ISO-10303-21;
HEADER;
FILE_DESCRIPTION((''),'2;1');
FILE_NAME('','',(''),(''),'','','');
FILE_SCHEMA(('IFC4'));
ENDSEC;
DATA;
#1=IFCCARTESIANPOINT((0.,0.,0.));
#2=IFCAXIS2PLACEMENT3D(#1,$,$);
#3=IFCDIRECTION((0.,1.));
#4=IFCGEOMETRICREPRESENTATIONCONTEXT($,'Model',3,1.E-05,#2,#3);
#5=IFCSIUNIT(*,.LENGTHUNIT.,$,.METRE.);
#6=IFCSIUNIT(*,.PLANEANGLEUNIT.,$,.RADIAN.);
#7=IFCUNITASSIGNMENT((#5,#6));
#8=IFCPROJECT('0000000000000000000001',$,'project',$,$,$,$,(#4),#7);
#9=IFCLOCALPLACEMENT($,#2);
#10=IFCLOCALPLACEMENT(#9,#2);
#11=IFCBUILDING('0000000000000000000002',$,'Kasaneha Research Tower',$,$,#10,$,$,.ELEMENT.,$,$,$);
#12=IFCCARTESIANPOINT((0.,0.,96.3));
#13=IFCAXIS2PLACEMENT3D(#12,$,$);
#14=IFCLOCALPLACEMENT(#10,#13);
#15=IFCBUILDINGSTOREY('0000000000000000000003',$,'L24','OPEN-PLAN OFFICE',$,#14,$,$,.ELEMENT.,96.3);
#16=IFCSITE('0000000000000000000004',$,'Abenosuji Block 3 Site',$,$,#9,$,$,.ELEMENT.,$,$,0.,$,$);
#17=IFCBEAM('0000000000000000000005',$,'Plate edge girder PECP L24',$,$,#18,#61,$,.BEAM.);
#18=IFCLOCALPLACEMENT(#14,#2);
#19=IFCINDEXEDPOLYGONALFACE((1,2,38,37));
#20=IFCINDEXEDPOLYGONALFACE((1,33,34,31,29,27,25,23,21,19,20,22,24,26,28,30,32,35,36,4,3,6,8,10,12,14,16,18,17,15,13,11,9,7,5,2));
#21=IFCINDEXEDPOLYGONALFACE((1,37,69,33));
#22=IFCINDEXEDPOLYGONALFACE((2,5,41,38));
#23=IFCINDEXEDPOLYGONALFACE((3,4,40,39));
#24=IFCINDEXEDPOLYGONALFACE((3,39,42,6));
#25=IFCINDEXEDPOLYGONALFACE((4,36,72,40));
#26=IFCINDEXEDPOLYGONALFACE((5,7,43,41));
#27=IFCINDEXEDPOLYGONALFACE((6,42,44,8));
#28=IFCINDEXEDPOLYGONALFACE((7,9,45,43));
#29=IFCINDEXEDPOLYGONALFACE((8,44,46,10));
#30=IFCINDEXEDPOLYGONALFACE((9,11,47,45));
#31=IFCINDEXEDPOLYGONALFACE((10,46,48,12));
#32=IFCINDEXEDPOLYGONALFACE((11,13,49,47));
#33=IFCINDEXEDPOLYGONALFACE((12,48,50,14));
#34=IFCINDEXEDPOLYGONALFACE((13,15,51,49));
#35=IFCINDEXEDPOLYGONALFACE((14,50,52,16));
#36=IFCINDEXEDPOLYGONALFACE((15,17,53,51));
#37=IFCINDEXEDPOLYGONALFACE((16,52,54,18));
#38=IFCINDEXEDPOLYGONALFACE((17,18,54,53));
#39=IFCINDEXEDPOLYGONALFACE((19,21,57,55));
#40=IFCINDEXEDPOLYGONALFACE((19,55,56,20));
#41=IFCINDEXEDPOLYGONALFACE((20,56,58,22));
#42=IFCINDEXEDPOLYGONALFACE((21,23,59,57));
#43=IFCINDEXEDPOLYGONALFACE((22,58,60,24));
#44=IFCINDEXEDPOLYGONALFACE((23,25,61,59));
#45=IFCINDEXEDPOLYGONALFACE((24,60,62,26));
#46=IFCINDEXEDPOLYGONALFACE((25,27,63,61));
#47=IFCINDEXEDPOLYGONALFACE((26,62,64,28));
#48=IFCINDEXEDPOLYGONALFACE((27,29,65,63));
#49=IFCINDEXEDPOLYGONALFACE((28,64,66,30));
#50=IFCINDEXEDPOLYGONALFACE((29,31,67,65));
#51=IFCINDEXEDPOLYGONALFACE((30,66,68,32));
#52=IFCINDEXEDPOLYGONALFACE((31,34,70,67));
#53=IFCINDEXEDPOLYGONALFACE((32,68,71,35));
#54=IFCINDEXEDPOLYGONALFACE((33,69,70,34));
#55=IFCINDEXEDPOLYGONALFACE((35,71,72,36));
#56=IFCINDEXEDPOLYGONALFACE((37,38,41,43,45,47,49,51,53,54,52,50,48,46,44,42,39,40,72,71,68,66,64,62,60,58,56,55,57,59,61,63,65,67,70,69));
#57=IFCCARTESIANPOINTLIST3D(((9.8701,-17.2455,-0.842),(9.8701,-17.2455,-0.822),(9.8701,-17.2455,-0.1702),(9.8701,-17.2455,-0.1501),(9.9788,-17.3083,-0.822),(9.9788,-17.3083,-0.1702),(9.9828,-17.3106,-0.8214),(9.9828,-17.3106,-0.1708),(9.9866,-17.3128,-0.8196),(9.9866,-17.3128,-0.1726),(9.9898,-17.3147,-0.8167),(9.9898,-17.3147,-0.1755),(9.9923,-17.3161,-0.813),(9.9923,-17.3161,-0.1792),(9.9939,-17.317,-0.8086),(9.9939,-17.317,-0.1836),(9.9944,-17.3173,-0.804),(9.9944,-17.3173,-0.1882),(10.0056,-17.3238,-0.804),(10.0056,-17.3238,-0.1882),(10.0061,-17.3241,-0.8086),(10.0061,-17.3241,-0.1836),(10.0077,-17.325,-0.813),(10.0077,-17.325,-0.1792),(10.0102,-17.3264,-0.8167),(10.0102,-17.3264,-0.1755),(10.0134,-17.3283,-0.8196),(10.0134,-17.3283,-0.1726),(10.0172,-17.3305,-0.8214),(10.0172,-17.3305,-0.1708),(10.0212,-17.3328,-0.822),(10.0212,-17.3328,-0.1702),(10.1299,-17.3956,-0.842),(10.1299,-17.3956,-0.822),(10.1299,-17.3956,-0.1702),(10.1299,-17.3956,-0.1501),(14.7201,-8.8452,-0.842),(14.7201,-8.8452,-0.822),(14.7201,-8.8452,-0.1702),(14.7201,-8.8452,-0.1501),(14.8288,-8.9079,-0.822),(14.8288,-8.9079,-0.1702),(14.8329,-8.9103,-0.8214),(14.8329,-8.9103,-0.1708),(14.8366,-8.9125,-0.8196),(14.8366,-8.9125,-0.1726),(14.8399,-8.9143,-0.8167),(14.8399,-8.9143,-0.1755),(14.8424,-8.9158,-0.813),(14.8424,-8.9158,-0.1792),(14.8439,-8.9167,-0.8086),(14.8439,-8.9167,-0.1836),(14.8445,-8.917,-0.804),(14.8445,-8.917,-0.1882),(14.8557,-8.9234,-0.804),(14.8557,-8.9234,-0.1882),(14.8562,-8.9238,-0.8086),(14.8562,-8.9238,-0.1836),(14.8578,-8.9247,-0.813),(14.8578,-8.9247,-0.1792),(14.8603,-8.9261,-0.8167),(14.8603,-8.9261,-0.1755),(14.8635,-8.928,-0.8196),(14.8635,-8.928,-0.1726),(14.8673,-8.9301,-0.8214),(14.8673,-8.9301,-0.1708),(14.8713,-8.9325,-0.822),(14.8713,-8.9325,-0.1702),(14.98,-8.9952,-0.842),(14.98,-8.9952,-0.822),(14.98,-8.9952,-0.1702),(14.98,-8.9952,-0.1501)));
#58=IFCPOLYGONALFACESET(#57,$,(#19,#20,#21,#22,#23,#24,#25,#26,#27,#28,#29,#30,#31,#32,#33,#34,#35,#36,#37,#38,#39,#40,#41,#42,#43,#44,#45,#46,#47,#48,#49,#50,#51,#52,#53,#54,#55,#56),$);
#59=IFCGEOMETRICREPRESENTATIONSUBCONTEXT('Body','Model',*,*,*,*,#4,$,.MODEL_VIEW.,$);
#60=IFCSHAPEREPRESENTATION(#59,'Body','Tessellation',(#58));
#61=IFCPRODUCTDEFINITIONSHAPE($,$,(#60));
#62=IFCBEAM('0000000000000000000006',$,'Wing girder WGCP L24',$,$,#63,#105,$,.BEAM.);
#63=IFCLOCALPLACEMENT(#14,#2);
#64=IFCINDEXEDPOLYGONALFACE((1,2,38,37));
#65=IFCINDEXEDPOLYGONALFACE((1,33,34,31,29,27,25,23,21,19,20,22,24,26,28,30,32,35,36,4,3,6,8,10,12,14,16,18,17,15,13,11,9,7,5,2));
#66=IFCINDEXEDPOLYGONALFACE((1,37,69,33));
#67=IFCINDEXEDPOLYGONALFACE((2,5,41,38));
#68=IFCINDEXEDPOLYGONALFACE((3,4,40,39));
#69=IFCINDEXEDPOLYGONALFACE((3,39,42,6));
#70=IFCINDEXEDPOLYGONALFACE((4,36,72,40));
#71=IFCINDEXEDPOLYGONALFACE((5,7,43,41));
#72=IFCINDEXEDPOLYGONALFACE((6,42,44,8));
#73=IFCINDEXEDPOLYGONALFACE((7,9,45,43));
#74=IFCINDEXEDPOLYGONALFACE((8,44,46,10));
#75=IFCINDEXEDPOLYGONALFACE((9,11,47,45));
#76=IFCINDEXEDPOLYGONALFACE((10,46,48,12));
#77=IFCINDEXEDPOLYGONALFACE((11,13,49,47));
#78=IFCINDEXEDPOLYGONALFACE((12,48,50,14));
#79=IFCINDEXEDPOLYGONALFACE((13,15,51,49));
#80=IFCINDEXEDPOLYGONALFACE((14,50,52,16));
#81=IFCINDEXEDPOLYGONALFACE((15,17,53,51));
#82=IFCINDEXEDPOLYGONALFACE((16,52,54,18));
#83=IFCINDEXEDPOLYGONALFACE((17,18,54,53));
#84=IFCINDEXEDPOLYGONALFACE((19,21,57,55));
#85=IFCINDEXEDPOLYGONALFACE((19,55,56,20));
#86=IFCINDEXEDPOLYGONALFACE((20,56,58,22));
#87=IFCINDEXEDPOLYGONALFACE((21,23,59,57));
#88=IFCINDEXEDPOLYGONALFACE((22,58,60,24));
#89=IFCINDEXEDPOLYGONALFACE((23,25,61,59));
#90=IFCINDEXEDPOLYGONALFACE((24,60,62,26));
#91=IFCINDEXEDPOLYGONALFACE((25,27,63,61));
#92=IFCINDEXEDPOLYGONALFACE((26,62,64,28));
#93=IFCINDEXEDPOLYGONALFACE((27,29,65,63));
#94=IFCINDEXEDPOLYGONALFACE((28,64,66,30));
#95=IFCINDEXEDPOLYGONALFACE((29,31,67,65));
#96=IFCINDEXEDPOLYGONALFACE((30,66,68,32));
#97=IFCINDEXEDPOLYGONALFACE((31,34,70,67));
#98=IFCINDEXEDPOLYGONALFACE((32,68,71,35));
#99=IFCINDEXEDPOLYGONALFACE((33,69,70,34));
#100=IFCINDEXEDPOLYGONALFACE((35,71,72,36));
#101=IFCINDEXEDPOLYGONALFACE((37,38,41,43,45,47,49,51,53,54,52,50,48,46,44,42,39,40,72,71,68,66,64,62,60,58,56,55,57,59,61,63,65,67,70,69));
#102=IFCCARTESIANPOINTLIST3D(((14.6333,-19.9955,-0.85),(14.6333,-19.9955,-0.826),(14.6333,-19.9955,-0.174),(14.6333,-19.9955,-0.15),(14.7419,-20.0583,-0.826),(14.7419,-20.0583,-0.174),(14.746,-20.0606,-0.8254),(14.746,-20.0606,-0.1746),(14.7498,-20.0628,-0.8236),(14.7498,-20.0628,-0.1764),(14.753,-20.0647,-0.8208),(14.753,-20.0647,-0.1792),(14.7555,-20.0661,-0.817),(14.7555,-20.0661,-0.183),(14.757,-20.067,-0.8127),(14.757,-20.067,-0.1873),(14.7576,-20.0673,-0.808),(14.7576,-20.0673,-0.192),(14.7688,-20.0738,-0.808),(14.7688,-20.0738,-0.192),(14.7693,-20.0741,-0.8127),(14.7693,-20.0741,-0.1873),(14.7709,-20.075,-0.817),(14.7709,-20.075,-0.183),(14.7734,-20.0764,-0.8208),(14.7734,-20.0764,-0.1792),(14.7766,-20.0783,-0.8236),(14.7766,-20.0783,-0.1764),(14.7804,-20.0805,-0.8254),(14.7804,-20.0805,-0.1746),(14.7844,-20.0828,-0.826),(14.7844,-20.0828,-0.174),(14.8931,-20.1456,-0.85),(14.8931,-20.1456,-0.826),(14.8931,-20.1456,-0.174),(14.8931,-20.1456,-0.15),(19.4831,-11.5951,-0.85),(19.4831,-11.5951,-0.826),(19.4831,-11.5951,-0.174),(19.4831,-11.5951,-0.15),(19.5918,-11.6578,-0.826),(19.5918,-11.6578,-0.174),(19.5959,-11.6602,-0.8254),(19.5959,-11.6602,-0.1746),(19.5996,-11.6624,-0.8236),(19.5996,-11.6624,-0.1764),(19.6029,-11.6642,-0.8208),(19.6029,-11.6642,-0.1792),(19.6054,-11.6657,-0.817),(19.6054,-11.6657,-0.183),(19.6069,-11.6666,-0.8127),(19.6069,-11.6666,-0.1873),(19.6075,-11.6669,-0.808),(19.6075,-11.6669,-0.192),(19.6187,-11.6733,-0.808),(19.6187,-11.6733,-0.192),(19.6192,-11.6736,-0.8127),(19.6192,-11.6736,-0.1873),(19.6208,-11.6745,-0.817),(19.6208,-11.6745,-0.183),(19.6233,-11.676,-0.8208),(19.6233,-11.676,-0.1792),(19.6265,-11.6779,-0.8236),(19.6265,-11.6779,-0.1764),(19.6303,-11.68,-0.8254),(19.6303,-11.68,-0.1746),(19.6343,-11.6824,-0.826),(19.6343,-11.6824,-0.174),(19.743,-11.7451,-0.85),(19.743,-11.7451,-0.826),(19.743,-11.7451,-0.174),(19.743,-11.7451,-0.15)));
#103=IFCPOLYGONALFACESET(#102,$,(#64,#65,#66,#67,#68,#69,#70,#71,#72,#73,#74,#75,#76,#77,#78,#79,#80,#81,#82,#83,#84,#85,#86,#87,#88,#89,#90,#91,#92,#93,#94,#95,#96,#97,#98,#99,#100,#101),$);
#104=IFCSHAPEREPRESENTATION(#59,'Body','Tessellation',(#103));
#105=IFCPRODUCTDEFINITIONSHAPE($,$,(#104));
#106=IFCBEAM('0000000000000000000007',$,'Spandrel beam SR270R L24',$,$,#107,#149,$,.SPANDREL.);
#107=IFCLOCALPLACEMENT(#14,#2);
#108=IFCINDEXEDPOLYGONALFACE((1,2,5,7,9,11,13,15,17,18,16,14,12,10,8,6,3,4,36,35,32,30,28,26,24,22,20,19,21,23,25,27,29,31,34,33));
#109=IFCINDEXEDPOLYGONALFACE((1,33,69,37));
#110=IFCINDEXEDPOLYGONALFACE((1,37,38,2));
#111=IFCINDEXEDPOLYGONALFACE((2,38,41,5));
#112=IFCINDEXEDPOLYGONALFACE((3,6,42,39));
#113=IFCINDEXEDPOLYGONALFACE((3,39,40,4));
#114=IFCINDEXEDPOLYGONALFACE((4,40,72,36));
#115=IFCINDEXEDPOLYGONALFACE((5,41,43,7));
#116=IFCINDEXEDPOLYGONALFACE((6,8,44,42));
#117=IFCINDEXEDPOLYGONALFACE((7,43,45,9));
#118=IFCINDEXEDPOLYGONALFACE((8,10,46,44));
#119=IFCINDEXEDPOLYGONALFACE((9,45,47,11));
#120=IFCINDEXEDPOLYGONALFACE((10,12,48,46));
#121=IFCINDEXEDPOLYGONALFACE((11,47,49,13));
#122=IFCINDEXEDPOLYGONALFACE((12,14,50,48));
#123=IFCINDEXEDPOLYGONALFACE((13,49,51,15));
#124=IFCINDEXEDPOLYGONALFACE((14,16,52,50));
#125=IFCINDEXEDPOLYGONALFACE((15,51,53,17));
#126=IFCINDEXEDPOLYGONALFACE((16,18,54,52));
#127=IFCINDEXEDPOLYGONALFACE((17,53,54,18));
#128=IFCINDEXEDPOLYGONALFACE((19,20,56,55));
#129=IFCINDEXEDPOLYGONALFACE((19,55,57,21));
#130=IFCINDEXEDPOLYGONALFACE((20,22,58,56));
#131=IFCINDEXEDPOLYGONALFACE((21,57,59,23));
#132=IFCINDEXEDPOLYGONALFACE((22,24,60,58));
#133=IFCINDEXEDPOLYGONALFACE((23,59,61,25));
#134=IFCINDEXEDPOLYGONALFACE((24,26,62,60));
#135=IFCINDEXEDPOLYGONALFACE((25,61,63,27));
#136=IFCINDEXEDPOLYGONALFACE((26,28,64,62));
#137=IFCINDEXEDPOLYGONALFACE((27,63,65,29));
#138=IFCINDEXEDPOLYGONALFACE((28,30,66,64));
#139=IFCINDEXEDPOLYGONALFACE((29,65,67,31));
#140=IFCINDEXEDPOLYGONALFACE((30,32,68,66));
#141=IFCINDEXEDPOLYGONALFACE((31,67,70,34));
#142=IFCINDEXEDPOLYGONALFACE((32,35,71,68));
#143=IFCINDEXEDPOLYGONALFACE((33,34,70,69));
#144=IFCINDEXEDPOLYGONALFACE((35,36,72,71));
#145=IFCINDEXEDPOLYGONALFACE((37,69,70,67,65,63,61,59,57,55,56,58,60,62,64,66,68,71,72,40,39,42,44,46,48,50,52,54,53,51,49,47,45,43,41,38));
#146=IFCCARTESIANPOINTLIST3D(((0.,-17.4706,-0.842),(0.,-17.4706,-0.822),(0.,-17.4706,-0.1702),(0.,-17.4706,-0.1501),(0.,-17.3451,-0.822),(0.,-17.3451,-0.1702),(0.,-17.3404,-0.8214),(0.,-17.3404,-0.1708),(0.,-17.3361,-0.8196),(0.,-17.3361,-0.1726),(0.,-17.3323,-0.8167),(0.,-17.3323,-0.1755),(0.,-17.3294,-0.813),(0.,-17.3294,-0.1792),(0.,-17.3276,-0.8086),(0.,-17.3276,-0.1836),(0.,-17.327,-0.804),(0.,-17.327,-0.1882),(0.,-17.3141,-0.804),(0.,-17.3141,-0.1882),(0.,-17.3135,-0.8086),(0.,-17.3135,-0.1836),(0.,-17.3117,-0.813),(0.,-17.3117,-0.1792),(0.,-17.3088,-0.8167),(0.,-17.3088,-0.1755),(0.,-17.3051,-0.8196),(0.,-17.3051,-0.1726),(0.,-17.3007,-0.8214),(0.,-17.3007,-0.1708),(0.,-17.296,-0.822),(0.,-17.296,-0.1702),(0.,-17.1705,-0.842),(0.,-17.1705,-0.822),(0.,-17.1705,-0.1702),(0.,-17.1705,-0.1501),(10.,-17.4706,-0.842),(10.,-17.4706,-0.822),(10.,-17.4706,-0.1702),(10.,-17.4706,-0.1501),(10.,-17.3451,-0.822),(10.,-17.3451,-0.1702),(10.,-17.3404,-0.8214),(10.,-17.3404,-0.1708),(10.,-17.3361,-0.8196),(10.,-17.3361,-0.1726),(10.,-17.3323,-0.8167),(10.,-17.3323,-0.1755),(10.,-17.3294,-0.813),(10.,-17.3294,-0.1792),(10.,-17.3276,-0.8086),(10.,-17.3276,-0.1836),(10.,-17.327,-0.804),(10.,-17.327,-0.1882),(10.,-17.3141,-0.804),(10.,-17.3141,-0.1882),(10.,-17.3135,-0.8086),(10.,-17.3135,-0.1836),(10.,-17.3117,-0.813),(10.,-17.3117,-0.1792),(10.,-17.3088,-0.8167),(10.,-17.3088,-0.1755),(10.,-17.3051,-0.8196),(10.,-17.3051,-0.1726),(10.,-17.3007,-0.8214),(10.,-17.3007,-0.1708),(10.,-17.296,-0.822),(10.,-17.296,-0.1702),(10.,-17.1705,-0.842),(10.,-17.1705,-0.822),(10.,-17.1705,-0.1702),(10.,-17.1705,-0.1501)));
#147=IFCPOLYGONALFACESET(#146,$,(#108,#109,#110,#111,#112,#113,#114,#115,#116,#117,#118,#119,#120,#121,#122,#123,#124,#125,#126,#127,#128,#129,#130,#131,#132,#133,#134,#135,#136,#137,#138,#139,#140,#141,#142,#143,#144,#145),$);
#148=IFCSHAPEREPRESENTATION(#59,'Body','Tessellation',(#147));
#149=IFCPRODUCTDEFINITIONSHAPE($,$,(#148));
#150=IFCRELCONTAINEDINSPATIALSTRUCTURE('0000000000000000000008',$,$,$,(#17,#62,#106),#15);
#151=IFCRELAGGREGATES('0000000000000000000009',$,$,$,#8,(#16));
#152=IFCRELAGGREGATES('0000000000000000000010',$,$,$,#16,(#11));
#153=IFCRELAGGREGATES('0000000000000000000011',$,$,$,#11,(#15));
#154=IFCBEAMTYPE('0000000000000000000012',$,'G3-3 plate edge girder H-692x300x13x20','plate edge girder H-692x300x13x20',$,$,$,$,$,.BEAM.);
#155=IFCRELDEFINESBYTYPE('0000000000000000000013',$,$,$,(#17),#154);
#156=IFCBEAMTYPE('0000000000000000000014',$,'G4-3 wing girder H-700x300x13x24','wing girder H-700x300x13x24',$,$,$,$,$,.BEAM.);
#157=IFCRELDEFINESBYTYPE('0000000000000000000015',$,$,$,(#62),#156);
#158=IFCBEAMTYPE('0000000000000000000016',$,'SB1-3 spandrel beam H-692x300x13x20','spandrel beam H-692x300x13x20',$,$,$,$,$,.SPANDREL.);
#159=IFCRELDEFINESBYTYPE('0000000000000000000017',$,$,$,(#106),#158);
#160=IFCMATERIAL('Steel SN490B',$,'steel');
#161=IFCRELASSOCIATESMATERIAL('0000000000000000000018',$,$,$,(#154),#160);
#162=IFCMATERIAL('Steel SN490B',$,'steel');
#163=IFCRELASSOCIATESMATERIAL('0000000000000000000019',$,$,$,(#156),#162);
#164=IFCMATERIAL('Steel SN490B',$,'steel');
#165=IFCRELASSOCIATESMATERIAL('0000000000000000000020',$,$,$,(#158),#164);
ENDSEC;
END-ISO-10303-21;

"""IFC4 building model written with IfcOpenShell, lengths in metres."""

from ifc_helpers import new_model, si_unit, direction, frame, origin, origin_2d, place, context, subcontext, project, spatial, i_section, extrude, material, material_profile, profile_set, type_object, element, save


model = new_model("IFC4")

# Units and contexts
model_context = context("Model", 3, precision=1e-05, world=origin(), true_north=direction((0.0, 1.0)))
body_context = subcontext(model_context, "Body", "Model", "MODEL_VIEW")
ifc_project = project(units=[si_unit("LENGTHUNIT", "METRE"), si_unit("PLANEANGLEUNIT", "RADIAN")], contexts=[model_context])

# Site, building, storey
site_placement = place(None, origin())
site = spatial("IfcSite", under=ifc_project, at=site_placement, Name="Abenosuji Block 3 Site", CompositionType="ELEMENT", RefElevation=0.0)
building_placement = place(site_placement, origin())
building = spatial("IfcBuilding", under=site, at=building_placement, Name="Kasaneha Research Tower", CompositionType="ELEMENT")
storey_placement = place(building_placement, frame((0.0, 0.0, 96.3)))
storey = spatial("IfcBuildingStorey", under=building, at=storey_placement, Name="L24", Description="OPEN-PLAN OFFICE", CompositionType="ELEMENT", Elevation=96.3)

# Beams
ifc_material_1 = material(Name="Steel SN490B", Category="steel")
ifc_material_profile_1 = material_profile(ifc_material_1, i_section(OverallWidth=0.3, OverallDepth=0.6919, WebThickness=0.0129, FlangeThickness=0.02, FilletRadius=0.0181, at=origin_2d()), Name="H-692x300x13x20")
ifc_profile_set_1 = profile_set([ifc_material_profile_1], Name="Steel SN490B")
beam_type_1 = type_object("IfcBeamType", Name="G3-3 plate edge girder H-692x300x13x20", Description="plate edge girder H-692x300x13x20", PredefinedType="BEAM", material=ifc_profile_set_1)
beam_1_placement = place(storey_placement, frame((10.0, -17.3206, -0.4961), z_axis=(0.50001, 0.86602, 0.0), x_axis=(-0.86602, 0.50001, 0.0)))
element("IfcBeam", 1, at=beam_1_placement, inside=storey, type_object=beam_type_1, Name="Plate edge girder PECP L24", PredefinedType="BEAM", context=body_context, shape_type="SweptSolid", body=[
    extrude(i_section(OverallWidth=0.3, OverallDepth=0.6919, WebThickness=0.0129, FlangeThickness=0.02, FilletRadius=0.0181, at=origin_2d()), origin(), (0.0, 0.0, 1.0), 9.7),
])
ifc_material_2 = material(Name="Steel SN490B", Category="steel")
ifc_material_profile_2 = material_profile(ifc_material_2, i_section(OverallWidth=0.3, OverallDepth=0.7, WebThickness=0.0129, FlangeThickness=0.0239, FilletRadius=0.0181, at=origin_2d()), Name="H-700x300x13x24")
ifc_profile_set_2 = profile_set([ifc_material_profile_2], Name="Steel SN490B")
beam_type_2 = type_object("IfcBeamType", Name="G4-3 wing girder H-700x300x13x24", Description="wing girder H-700x300x13x24", PredefinedType="BEAM", material=ifc_profile_set_2)
beam_2_placement = place(storey_placement, frame((14.7632, -20.0706, -0.5), z_axis=(0.499991, 0.866031, 0.0), x_axis=(-0.866031, 0.499991, 0.0)))
element("IfcBeam", 2, at=beam_2_placement, inside=storey, type_object=beam_type_2, Name="Wing girder WGCP L24", PredefinedType="BEAM", context=body_context, shape_type="SweptSolid", body=[
    extrude(i_section(OverallWidth=0.3, OverallDepth=0.7, WebThickness=0.0129, FlangeThickness=0.0239, FilletRadius=0.0181, at=origin_2d()), origin(), (0.0, 0.0, 1.0), 9.7),
])
ifc_material_3 = material(Name="Steel SN490B", Category="steel")
ifc_material_profile_3 = material_profile(ifc_material_3, i_section(OverallWidth=0.3, OverallDepth=0.6919, WebThickness=0.0129, FlangeThickness=0.02, FilletRadius=0.0181, at=origin_2d()), Name="H-692x300x13x20")
ifc_profile_set_3 = profile_set([ifc_material_profile_3], Name="Steel SN490B")
beam_type_3 = type_object("IfcBeamType", Name="SB1-3 spandrel beam H-692x300x13x20", Description="spandrel beam H-692x300x13x20", PredefinedType="SPANDREL", material=ifc_profile_set_3)
beam_3_placement = place(storey_placement, frame((10.0, -17.3206, -0.4961), z_axis=(-1.0, 0.0, 0.0), x_axis=(0.0, -1.0, 0.0)))
element("IfcBeam", 3, at=beam_3_placement, inside=storey, type_object=beam_type_3, Name="Spandrel beam SR270R L24", PredefinedType="SPANDREL", context=body_context, shape_type="SweptSolid", body=[
    extrude(i_section(OverallWidth=0.3, OverallDepth=0.6919, WebThickness=0.0129, FlangeThickness=0.02, FilletRadius=0.0181, at=origin_2d()), origin(), (0.0, 0.0, 1.0), 10.0),
])

save(model, "model.ifc")
